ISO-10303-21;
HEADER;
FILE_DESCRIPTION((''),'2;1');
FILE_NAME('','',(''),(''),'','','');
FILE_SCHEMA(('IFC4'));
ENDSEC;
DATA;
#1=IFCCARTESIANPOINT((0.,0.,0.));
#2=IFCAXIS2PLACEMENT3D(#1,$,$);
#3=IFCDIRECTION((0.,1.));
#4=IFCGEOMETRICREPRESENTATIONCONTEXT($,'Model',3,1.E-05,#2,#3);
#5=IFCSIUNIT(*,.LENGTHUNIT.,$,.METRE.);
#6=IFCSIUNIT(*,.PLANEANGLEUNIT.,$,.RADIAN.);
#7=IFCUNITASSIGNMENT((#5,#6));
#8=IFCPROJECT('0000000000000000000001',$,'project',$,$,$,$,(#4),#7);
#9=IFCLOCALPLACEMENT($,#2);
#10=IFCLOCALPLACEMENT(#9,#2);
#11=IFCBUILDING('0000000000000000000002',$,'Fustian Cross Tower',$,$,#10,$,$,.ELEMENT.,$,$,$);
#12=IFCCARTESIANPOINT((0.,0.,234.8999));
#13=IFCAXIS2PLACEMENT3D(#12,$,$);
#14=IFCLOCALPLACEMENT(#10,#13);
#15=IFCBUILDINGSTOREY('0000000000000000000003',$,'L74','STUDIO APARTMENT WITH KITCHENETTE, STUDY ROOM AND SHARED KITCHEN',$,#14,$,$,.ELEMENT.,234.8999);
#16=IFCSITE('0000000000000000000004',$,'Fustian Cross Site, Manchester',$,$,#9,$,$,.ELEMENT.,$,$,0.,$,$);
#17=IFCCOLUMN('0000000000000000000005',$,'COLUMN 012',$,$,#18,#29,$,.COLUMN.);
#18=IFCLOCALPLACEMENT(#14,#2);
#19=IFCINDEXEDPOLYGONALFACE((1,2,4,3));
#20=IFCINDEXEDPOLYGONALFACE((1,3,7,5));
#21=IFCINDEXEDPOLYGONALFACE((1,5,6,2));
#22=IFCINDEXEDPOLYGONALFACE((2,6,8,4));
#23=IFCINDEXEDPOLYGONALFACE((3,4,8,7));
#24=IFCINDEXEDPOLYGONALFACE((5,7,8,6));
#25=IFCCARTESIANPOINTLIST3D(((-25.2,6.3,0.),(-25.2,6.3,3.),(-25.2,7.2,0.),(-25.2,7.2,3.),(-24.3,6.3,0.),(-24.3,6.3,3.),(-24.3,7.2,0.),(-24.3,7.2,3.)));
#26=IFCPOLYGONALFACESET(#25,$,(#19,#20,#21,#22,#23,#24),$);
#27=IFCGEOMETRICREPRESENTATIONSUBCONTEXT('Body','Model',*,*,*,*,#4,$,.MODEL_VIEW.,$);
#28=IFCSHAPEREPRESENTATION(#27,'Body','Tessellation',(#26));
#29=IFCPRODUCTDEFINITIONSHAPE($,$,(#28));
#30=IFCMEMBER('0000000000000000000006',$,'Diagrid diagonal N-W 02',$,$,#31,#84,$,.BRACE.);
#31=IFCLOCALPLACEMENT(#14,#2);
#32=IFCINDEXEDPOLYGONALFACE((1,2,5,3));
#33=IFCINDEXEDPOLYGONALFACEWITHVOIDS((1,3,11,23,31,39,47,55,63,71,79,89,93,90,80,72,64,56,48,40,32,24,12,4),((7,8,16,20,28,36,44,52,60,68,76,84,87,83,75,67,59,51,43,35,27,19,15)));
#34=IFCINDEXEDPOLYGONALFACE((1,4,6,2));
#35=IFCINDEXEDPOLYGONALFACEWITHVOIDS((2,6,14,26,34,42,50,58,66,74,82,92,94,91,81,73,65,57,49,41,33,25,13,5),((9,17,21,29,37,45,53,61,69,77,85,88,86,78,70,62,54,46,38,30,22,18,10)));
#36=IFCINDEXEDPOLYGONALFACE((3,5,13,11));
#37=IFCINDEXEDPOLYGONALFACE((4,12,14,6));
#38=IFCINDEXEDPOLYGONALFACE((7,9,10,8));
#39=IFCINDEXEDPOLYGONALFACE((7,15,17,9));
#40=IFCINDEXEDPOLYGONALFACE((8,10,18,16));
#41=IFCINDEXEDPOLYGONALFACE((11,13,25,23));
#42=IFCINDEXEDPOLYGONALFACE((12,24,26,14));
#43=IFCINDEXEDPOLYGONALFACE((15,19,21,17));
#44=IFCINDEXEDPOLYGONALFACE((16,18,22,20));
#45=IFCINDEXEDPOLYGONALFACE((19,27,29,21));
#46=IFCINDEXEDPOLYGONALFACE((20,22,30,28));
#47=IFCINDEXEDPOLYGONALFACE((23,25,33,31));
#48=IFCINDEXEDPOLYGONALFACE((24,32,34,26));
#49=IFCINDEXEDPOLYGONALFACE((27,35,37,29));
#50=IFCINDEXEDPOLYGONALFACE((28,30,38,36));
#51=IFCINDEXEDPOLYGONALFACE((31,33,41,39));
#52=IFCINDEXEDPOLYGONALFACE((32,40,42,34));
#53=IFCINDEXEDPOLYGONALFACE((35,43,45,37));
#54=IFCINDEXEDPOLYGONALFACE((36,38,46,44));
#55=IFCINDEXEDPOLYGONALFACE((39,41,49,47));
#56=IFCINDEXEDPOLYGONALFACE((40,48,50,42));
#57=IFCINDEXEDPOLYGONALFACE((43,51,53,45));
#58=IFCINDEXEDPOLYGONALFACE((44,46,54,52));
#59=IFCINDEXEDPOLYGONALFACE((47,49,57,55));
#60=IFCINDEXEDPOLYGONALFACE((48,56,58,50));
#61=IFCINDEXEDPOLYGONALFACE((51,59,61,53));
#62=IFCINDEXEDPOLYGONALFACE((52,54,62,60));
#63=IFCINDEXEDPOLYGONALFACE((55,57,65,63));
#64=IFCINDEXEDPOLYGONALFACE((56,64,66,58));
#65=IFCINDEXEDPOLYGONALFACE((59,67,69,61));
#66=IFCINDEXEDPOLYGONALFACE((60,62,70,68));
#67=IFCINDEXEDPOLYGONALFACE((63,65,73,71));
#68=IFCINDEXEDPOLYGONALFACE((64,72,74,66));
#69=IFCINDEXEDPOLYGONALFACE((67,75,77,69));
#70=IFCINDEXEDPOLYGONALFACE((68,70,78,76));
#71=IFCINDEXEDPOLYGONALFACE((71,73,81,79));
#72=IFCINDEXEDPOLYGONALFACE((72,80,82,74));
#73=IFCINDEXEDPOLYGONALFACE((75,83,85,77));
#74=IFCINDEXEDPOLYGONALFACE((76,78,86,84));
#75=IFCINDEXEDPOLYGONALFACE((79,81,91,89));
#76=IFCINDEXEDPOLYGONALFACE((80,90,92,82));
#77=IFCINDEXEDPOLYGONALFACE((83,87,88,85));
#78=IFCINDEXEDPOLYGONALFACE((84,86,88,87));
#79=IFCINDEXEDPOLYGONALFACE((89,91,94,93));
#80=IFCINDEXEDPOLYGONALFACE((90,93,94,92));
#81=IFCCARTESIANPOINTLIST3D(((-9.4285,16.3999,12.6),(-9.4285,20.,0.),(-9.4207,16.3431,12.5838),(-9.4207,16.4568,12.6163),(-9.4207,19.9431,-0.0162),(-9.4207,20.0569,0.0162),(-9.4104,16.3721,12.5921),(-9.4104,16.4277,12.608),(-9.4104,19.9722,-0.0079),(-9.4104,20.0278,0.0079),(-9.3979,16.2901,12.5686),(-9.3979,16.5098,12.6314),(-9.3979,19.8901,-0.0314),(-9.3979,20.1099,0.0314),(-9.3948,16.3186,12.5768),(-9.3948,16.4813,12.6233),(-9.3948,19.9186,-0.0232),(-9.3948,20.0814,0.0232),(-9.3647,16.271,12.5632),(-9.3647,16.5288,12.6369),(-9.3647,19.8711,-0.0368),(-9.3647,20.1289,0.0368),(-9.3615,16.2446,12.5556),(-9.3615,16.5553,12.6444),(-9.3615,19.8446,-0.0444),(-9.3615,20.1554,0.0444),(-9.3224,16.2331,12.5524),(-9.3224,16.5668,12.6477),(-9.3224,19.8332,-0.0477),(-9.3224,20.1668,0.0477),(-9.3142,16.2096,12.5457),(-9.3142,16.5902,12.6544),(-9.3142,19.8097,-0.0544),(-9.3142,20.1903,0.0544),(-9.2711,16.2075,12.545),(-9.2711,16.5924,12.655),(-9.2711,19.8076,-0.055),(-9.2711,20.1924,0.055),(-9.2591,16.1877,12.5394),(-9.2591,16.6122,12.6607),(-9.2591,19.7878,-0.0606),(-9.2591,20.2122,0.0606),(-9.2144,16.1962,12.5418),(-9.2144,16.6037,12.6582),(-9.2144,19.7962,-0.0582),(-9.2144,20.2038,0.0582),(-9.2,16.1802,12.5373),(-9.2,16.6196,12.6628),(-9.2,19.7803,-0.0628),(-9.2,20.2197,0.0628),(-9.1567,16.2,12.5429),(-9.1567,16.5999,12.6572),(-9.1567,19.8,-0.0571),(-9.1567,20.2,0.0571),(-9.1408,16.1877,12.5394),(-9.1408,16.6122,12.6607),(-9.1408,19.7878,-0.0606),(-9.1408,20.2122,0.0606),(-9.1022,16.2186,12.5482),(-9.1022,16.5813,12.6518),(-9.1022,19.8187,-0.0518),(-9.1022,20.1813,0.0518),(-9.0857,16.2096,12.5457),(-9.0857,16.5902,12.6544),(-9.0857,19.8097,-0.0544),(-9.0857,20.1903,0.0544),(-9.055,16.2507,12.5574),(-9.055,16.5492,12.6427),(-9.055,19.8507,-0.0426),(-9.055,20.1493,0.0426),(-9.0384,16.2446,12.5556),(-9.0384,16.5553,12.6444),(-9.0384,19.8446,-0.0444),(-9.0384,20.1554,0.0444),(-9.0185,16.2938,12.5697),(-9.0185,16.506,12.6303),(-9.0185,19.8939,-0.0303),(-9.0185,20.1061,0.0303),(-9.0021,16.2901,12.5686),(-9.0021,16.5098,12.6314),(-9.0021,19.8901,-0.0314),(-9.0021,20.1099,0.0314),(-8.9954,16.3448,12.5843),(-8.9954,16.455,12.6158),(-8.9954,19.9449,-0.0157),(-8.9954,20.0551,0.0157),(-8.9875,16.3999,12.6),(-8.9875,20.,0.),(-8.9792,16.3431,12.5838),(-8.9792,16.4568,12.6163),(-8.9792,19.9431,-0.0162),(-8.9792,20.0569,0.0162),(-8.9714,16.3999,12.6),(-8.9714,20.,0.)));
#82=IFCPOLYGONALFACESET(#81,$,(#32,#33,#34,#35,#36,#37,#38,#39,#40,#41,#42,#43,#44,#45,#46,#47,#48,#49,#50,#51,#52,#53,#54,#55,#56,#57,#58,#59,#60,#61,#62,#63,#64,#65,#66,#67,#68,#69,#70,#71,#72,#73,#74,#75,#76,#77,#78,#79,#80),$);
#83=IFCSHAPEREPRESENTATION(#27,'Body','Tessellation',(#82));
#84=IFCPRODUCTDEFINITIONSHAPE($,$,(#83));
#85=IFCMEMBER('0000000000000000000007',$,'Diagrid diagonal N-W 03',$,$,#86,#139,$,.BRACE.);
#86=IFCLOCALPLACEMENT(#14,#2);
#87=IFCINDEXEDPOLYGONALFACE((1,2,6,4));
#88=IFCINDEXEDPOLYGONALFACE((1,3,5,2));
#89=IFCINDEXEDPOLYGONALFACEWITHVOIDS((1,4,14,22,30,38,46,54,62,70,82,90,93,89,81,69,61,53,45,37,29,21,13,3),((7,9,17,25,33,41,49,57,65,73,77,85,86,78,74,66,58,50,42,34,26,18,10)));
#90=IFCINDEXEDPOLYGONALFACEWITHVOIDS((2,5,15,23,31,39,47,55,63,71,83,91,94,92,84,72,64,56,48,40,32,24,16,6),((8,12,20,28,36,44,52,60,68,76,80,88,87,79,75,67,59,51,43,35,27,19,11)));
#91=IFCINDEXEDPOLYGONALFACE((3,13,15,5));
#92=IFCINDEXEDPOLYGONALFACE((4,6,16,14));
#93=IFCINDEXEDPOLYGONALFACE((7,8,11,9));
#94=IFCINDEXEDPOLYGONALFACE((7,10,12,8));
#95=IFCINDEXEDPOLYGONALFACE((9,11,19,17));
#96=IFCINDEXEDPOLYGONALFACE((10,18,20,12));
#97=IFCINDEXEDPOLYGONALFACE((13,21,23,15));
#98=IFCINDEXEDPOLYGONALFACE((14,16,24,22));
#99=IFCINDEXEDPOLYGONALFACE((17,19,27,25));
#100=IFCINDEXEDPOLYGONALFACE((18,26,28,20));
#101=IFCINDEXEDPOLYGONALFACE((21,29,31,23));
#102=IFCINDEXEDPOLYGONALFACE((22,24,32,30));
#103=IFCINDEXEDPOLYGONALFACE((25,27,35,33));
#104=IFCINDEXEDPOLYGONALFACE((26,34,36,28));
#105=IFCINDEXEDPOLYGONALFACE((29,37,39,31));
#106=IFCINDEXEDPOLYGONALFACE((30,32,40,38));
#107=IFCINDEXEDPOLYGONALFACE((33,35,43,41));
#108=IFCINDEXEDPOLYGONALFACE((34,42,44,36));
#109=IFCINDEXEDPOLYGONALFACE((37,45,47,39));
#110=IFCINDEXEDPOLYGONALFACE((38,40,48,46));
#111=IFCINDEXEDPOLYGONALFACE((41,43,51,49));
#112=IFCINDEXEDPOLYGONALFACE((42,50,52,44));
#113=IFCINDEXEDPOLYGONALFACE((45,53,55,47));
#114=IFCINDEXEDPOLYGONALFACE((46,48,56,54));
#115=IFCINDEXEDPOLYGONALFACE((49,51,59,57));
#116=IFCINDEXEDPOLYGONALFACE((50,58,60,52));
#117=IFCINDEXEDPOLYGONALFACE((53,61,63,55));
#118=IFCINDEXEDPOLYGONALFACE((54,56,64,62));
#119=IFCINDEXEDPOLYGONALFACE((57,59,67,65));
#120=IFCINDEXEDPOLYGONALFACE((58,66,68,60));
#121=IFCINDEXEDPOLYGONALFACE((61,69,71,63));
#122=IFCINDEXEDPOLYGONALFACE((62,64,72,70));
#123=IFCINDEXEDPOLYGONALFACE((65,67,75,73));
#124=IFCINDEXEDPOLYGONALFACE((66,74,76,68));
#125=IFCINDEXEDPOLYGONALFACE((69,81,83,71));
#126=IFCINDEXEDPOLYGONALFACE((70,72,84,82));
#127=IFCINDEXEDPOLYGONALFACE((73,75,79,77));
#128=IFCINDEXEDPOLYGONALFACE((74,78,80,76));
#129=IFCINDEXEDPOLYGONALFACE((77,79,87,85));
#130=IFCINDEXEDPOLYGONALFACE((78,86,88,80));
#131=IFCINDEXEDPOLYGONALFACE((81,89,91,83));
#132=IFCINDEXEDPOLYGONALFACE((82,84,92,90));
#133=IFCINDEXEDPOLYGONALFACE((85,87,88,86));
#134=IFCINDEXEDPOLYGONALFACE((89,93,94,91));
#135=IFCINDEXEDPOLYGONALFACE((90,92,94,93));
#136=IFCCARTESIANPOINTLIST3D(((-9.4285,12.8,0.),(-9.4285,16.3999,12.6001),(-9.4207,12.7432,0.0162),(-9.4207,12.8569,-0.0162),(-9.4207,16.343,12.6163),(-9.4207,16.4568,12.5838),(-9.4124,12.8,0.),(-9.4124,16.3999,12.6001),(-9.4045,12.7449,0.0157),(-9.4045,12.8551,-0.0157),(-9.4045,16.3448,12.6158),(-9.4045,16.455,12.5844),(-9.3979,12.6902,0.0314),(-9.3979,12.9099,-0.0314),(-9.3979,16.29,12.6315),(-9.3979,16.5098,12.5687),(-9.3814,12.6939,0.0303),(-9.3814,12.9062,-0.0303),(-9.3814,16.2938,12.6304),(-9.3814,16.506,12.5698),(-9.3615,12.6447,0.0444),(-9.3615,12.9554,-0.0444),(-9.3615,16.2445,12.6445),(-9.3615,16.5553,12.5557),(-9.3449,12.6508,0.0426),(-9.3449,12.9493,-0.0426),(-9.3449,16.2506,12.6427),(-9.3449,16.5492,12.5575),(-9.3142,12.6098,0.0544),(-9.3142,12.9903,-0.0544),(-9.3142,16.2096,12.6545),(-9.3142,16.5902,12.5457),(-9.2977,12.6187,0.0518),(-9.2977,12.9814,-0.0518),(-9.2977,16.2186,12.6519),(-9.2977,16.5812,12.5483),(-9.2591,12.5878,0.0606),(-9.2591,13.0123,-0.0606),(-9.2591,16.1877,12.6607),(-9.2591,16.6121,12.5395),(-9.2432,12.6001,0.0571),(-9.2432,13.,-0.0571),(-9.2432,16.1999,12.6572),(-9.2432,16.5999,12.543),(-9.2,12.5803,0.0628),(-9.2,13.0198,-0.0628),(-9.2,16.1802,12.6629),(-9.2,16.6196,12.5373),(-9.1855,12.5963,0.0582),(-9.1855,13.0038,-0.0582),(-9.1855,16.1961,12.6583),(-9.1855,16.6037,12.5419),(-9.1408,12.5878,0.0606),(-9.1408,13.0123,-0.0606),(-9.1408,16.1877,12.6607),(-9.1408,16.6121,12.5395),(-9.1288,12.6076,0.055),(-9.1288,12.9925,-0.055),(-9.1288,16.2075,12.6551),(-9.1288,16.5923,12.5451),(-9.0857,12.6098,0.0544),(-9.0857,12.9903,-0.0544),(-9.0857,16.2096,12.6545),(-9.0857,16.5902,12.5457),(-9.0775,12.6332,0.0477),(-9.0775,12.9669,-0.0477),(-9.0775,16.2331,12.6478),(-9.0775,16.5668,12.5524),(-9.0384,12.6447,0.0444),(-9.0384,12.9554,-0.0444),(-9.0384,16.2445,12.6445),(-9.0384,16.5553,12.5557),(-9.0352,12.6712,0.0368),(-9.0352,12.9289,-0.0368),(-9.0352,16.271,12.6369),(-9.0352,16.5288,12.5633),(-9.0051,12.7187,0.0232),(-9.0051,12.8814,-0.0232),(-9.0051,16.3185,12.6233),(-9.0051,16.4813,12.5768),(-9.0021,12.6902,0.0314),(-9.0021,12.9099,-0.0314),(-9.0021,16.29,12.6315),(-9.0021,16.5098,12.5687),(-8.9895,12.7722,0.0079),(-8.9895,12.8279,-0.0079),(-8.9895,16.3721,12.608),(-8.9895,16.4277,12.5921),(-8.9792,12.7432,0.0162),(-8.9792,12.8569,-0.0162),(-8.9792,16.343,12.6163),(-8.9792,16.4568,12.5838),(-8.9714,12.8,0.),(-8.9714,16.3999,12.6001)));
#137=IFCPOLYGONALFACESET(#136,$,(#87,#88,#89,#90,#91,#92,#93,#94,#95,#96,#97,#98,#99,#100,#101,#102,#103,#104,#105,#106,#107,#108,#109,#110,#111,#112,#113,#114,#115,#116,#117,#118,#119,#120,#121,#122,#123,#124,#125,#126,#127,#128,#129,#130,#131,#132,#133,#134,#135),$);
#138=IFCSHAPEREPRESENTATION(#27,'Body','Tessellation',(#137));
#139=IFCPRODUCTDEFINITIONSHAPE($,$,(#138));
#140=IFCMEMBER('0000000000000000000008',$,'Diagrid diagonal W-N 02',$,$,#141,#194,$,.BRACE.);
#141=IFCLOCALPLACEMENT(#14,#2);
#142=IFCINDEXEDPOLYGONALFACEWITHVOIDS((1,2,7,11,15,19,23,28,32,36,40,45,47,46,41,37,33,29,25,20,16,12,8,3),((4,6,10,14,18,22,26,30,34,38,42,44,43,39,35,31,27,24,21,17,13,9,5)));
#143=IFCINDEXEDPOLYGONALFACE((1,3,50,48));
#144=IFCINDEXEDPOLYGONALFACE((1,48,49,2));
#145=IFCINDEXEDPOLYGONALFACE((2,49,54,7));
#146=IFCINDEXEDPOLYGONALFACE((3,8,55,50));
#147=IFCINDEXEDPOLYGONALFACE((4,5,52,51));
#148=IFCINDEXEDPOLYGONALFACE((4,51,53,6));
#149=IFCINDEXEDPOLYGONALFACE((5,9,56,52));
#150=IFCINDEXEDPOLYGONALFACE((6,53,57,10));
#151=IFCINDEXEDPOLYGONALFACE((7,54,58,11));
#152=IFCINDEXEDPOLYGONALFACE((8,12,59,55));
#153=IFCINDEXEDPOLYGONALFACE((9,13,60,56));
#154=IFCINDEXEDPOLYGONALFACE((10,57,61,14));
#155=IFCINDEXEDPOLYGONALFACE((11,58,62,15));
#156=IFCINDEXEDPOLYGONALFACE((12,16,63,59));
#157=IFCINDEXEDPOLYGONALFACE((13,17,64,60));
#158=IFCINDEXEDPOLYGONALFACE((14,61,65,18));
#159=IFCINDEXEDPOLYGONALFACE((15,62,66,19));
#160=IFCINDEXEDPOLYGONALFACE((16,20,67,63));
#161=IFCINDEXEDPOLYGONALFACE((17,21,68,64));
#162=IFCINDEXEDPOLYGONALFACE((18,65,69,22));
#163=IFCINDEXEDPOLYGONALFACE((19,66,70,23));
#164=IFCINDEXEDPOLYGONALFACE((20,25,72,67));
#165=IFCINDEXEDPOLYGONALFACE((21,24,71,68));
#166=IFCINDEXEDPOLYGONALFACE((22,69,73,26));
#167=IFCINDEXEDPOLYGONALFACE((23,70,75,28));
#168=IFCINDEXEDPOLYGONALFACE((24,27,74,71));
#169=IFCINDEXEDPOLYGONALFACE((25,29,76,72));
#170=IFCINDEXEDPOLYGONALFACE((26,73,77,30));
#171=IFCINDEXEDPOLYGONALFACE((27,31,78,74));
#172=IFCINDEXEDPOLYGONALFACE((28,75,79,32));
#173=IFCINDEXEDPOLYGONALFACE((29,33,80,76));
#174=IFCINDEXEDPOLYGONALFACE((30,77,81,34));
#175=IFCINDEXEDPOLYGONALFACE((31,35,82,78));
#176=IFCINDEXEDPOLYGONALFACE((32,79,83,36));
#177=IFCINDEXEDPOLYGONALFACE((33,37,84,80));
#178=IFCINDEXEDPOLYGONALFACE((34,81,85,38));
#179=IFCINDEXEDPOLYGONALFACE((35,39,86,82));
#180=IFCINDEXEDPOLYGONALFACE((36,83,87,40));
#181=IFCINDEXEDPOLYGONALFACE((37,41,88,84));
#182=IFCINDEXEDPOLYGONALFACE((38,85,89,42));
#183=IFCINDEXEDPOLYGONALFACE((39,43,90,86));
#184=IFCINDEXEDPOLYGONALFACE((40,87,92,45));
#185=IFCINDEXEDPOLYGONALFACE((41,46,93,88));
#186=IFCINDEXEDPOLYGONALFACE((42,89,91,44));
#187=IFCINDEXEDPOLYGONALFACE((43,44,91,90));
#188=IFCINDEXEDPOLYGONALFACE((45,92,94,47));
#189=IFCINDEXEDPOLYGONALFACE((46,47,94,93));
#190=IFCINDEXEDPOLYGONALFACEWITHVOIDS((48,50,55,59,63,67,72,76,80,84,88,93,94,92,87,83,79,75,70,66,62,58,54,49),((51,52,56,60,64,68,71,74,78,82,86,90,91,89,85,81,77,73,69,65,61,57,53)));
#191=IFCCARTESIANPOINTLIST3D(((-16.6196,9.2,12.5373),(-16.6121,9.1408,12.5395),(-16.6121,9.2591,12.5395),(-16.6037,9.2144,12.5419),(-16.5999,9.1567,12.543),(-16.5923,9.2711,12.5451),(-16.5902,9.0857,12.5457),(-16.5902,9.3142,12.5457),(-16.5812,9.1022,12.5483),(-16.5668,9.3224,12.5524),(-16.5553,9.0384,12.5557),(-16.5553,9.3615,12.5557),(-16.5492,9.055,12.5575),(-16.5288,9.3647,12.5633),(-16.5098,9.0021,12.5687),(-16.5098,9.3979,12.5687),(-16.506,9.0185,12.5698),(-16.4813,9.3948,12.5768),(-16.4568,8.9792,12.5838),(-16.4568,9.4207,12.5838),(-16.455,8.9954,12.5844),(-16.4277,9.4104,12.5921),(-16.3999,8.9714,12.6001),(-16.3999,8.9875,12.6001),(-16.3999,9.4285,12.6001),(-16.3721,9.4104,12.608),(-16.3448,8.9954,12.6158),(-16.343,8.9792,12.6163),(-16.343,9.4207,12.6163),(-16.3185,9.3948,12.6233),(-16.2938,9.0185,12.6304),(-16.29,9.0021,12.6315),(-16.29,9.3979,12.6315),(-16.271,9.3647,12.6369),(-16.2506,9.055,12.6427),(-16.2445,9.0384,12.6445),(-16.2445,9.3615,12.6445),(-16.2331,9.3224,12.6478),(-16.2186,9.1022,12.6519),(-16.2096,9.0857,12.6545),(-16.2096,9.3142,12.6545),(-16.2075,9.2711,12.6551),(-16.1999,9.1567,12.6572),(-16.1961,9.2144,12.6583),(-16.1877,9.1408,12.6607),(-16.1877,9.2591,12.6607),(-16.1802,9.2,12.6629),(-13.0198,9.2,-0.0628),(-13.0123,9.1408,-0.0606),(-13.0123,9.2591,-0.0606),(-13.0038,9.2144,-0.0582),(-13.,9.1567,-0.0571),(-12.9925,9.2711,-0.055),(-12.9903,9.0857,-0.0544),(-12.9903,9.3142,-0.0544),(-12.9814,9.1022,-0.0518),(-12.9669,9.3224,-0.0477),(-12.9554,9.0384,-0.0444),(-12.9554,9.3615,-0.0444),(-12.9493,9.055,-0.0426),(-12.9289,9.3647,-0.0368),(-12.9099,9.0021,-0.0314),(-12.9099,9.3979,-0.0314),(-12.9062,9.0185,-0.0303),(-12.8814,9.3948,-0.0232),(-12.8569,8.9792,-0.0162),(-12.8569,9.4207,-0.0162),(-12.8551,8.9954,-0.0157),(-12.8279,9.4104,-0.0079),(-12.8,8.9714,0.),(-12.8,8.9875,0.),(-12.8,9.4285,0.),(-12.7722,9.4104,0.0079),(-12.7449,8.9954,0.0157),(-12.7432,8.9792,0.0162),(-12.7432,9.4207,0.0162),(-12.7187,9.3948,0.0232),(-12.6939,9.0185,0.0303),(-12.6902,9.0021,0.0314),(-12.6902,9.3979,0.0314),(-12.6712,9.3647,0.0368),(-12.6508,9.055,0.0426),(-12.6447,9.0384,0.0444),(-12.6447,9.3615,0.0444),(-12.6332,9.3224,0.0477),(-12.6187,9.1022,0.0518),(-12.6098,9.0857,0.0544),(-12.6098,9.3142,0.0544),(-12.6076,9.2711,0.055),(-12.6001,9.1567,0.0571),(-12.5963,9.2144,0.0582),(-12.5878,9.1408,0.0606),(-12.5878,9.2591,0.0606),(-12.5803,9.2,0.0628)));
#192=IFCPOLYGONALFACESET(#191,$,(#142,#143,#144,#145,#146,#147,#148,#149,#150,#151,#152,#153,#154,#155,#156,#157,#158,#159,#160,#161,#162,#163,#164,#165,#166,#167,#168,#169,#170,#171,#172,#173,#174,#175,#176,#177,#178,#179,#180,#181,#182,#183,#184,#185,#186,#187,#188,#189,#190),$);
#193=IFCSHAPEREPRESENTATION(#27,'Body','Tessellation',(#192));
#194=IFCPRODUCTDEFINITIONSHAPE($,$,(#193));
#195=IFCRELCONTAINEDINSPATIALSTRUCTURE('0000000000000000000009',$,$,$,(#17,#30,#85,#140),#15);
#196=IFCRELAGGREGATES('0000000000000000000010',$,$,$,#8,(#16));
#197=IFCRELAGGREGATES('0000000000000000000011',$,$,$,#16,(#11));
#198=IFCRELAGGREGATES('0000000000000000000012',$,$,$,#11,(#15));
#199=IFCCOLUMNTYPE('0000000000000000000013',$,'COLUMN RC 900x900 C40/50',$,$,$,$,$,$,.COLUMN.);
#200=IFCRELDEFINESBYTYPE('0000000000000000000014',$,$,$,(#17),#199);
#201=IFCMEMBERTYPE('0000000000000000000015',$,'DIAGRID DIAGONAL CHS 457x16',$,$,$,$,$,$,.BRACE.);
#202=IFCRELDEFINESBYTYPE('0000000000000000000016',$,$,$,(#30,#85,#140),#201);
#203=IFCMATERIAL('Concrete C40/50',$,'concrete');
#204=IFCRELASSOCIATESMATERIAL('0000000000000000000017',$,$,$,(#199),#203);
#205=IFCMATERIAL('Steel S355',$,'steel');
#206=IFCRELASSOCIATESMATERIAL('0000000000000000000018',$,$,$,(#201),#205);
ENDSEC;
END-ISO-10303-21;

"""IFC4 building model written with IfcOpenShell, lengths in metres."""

from ifc_helpers import new_model, si_unit, direction, frame, origin, origin_2d, place, context, subcontext, project, spatial, rectangle, hollow_circle, extrude, material, material_profile, profile_set, type_object, element, save


model = new_model("IFC4")

# Units and contexts
model_context = context("Model", 3, precision=1e-05, world=origin(), true_north=direction((0.0, 1.0)))
body_context = subcontext(model_context, "Body", "Model", "MODEL_VIEW")
ifc_project = project(units=[si_unit("LENGTHUNIT", "METRE"), si_unit("PLANEANGLEUNIT", "RADIAN")], contexts=[model_context])

# Site, building, storey
site_placement = place(None, origin())
site = spatial("IfcSite", under=ifc_project, at=site_placement, Name="Fustian Cross Site, Manchester", CompositionType="ELEMENT", RefElevation=0.0)
building_placement = place(site_placement, origin())
building = spatial("IfcBuilding", under=site, at=building_placement, Name="Fustian Cross Tower", CompositionType="ELEMENT")
storey_placement = place(building_placement, frame((0.0, 0.0, 234.8999)))
storey = spatial("IfcBuildingStorey", under=building, at=storey_placement, Name="L74", Description="STUDIO APARTMENT WITH KITCHENETTE, STUDY ROOM AND SHARED KITCHEN", CompositionType="ELEMENT", Elevation=234.8999)

# Column
ifc_material_1 = material(Name="Concrete C40/50", Category="concrete")
ifc_material_profile_1 = material_profile(ifc_material_1, rectangle(XDim=0.8999, YDim=0.8999, at=origin_2d()), Name="RC 900x900")
ifc_profile_set_1 = profile_set([ifc_material_profile_1], Name="Concrete C40/50")
column_type = type_object("IfcColumnType", Name="COLUMN RC 900x900 C40/50", PredefinedType="COLUMN", material=ifc_profile_set_1)
column_placement = place(storey_placement, frame((-24.75, 6.75, 0.0), z_axis=(0.0, 0.0, 1.0), x_axis=(1.0, 0.0, 0.0)))
element("IfcColumn", 1, at=column_placement, inside=storey, type_object=column_type, Name="COLUMN 012", PredefinedType="COLUMN", context=body_context, shape_type="SweptSolid", body=[
    extrude(rectangle(XDim=0.8999, YDim=0.8999, at=origin_2d()), origin(), (0.0, 0.0, 1.0), 3.0),
])

# Members
ifc_material_2 = material(Name="Steel S355", Category="steel")
ifc_material_profile_2 = material_profile(ifc_material_2, hollow_circle(Radius=0.2285, WallThickness=0.0161, at=origin_2d()), Name="CHS 457x16")
ifc_profile_set_2 = profile_set([ifc_material_profile_2], Name="Steel S355")
member_type_1 = type_object("IfcMemberType", Name="DIAGRID DIAGONAL CHS 457x16", PredefinedType="BRACE", material=ifc_profile_set_2)
for number, where, z_axis, x_axis, name in (
    (2, (-9.2, 20.0, 0.0), (0.0, -0.274726, 0.961523), (1.0, 0.0, 0.0), "Diagrid diagonal N-W 02"),
    (3, (-9.2, 12.8, 0.0), (0.0, 0.274709, 0.961527), (-1.0, 0.0, 0.0), "Diagrid diagonal N-W 03"),
    (4, (-12.8, 9.2, 0.0), (-0.274709, 0.0, 0.961527), (0.0, -1.0, 0.0), "Diagrid diagonal W-N 02"),
):
    element("IfcMember", number, at=place(storey_placement, frame(where, z_axis=z_axis, x_axis=x_axis)), inside=storey, type_object=member_type_1, Name=name, PredefinedType="BRACE", context=body_context, shape_type="SweptSolid", body=[
        extrude(hollow_circle(Radius=0.2285, WallThickness=0.0161, at=origin_2d()), origin(), (0.0, 0.0, 1.0), 13.1042),
    ])

save(model, "model.ifc")
